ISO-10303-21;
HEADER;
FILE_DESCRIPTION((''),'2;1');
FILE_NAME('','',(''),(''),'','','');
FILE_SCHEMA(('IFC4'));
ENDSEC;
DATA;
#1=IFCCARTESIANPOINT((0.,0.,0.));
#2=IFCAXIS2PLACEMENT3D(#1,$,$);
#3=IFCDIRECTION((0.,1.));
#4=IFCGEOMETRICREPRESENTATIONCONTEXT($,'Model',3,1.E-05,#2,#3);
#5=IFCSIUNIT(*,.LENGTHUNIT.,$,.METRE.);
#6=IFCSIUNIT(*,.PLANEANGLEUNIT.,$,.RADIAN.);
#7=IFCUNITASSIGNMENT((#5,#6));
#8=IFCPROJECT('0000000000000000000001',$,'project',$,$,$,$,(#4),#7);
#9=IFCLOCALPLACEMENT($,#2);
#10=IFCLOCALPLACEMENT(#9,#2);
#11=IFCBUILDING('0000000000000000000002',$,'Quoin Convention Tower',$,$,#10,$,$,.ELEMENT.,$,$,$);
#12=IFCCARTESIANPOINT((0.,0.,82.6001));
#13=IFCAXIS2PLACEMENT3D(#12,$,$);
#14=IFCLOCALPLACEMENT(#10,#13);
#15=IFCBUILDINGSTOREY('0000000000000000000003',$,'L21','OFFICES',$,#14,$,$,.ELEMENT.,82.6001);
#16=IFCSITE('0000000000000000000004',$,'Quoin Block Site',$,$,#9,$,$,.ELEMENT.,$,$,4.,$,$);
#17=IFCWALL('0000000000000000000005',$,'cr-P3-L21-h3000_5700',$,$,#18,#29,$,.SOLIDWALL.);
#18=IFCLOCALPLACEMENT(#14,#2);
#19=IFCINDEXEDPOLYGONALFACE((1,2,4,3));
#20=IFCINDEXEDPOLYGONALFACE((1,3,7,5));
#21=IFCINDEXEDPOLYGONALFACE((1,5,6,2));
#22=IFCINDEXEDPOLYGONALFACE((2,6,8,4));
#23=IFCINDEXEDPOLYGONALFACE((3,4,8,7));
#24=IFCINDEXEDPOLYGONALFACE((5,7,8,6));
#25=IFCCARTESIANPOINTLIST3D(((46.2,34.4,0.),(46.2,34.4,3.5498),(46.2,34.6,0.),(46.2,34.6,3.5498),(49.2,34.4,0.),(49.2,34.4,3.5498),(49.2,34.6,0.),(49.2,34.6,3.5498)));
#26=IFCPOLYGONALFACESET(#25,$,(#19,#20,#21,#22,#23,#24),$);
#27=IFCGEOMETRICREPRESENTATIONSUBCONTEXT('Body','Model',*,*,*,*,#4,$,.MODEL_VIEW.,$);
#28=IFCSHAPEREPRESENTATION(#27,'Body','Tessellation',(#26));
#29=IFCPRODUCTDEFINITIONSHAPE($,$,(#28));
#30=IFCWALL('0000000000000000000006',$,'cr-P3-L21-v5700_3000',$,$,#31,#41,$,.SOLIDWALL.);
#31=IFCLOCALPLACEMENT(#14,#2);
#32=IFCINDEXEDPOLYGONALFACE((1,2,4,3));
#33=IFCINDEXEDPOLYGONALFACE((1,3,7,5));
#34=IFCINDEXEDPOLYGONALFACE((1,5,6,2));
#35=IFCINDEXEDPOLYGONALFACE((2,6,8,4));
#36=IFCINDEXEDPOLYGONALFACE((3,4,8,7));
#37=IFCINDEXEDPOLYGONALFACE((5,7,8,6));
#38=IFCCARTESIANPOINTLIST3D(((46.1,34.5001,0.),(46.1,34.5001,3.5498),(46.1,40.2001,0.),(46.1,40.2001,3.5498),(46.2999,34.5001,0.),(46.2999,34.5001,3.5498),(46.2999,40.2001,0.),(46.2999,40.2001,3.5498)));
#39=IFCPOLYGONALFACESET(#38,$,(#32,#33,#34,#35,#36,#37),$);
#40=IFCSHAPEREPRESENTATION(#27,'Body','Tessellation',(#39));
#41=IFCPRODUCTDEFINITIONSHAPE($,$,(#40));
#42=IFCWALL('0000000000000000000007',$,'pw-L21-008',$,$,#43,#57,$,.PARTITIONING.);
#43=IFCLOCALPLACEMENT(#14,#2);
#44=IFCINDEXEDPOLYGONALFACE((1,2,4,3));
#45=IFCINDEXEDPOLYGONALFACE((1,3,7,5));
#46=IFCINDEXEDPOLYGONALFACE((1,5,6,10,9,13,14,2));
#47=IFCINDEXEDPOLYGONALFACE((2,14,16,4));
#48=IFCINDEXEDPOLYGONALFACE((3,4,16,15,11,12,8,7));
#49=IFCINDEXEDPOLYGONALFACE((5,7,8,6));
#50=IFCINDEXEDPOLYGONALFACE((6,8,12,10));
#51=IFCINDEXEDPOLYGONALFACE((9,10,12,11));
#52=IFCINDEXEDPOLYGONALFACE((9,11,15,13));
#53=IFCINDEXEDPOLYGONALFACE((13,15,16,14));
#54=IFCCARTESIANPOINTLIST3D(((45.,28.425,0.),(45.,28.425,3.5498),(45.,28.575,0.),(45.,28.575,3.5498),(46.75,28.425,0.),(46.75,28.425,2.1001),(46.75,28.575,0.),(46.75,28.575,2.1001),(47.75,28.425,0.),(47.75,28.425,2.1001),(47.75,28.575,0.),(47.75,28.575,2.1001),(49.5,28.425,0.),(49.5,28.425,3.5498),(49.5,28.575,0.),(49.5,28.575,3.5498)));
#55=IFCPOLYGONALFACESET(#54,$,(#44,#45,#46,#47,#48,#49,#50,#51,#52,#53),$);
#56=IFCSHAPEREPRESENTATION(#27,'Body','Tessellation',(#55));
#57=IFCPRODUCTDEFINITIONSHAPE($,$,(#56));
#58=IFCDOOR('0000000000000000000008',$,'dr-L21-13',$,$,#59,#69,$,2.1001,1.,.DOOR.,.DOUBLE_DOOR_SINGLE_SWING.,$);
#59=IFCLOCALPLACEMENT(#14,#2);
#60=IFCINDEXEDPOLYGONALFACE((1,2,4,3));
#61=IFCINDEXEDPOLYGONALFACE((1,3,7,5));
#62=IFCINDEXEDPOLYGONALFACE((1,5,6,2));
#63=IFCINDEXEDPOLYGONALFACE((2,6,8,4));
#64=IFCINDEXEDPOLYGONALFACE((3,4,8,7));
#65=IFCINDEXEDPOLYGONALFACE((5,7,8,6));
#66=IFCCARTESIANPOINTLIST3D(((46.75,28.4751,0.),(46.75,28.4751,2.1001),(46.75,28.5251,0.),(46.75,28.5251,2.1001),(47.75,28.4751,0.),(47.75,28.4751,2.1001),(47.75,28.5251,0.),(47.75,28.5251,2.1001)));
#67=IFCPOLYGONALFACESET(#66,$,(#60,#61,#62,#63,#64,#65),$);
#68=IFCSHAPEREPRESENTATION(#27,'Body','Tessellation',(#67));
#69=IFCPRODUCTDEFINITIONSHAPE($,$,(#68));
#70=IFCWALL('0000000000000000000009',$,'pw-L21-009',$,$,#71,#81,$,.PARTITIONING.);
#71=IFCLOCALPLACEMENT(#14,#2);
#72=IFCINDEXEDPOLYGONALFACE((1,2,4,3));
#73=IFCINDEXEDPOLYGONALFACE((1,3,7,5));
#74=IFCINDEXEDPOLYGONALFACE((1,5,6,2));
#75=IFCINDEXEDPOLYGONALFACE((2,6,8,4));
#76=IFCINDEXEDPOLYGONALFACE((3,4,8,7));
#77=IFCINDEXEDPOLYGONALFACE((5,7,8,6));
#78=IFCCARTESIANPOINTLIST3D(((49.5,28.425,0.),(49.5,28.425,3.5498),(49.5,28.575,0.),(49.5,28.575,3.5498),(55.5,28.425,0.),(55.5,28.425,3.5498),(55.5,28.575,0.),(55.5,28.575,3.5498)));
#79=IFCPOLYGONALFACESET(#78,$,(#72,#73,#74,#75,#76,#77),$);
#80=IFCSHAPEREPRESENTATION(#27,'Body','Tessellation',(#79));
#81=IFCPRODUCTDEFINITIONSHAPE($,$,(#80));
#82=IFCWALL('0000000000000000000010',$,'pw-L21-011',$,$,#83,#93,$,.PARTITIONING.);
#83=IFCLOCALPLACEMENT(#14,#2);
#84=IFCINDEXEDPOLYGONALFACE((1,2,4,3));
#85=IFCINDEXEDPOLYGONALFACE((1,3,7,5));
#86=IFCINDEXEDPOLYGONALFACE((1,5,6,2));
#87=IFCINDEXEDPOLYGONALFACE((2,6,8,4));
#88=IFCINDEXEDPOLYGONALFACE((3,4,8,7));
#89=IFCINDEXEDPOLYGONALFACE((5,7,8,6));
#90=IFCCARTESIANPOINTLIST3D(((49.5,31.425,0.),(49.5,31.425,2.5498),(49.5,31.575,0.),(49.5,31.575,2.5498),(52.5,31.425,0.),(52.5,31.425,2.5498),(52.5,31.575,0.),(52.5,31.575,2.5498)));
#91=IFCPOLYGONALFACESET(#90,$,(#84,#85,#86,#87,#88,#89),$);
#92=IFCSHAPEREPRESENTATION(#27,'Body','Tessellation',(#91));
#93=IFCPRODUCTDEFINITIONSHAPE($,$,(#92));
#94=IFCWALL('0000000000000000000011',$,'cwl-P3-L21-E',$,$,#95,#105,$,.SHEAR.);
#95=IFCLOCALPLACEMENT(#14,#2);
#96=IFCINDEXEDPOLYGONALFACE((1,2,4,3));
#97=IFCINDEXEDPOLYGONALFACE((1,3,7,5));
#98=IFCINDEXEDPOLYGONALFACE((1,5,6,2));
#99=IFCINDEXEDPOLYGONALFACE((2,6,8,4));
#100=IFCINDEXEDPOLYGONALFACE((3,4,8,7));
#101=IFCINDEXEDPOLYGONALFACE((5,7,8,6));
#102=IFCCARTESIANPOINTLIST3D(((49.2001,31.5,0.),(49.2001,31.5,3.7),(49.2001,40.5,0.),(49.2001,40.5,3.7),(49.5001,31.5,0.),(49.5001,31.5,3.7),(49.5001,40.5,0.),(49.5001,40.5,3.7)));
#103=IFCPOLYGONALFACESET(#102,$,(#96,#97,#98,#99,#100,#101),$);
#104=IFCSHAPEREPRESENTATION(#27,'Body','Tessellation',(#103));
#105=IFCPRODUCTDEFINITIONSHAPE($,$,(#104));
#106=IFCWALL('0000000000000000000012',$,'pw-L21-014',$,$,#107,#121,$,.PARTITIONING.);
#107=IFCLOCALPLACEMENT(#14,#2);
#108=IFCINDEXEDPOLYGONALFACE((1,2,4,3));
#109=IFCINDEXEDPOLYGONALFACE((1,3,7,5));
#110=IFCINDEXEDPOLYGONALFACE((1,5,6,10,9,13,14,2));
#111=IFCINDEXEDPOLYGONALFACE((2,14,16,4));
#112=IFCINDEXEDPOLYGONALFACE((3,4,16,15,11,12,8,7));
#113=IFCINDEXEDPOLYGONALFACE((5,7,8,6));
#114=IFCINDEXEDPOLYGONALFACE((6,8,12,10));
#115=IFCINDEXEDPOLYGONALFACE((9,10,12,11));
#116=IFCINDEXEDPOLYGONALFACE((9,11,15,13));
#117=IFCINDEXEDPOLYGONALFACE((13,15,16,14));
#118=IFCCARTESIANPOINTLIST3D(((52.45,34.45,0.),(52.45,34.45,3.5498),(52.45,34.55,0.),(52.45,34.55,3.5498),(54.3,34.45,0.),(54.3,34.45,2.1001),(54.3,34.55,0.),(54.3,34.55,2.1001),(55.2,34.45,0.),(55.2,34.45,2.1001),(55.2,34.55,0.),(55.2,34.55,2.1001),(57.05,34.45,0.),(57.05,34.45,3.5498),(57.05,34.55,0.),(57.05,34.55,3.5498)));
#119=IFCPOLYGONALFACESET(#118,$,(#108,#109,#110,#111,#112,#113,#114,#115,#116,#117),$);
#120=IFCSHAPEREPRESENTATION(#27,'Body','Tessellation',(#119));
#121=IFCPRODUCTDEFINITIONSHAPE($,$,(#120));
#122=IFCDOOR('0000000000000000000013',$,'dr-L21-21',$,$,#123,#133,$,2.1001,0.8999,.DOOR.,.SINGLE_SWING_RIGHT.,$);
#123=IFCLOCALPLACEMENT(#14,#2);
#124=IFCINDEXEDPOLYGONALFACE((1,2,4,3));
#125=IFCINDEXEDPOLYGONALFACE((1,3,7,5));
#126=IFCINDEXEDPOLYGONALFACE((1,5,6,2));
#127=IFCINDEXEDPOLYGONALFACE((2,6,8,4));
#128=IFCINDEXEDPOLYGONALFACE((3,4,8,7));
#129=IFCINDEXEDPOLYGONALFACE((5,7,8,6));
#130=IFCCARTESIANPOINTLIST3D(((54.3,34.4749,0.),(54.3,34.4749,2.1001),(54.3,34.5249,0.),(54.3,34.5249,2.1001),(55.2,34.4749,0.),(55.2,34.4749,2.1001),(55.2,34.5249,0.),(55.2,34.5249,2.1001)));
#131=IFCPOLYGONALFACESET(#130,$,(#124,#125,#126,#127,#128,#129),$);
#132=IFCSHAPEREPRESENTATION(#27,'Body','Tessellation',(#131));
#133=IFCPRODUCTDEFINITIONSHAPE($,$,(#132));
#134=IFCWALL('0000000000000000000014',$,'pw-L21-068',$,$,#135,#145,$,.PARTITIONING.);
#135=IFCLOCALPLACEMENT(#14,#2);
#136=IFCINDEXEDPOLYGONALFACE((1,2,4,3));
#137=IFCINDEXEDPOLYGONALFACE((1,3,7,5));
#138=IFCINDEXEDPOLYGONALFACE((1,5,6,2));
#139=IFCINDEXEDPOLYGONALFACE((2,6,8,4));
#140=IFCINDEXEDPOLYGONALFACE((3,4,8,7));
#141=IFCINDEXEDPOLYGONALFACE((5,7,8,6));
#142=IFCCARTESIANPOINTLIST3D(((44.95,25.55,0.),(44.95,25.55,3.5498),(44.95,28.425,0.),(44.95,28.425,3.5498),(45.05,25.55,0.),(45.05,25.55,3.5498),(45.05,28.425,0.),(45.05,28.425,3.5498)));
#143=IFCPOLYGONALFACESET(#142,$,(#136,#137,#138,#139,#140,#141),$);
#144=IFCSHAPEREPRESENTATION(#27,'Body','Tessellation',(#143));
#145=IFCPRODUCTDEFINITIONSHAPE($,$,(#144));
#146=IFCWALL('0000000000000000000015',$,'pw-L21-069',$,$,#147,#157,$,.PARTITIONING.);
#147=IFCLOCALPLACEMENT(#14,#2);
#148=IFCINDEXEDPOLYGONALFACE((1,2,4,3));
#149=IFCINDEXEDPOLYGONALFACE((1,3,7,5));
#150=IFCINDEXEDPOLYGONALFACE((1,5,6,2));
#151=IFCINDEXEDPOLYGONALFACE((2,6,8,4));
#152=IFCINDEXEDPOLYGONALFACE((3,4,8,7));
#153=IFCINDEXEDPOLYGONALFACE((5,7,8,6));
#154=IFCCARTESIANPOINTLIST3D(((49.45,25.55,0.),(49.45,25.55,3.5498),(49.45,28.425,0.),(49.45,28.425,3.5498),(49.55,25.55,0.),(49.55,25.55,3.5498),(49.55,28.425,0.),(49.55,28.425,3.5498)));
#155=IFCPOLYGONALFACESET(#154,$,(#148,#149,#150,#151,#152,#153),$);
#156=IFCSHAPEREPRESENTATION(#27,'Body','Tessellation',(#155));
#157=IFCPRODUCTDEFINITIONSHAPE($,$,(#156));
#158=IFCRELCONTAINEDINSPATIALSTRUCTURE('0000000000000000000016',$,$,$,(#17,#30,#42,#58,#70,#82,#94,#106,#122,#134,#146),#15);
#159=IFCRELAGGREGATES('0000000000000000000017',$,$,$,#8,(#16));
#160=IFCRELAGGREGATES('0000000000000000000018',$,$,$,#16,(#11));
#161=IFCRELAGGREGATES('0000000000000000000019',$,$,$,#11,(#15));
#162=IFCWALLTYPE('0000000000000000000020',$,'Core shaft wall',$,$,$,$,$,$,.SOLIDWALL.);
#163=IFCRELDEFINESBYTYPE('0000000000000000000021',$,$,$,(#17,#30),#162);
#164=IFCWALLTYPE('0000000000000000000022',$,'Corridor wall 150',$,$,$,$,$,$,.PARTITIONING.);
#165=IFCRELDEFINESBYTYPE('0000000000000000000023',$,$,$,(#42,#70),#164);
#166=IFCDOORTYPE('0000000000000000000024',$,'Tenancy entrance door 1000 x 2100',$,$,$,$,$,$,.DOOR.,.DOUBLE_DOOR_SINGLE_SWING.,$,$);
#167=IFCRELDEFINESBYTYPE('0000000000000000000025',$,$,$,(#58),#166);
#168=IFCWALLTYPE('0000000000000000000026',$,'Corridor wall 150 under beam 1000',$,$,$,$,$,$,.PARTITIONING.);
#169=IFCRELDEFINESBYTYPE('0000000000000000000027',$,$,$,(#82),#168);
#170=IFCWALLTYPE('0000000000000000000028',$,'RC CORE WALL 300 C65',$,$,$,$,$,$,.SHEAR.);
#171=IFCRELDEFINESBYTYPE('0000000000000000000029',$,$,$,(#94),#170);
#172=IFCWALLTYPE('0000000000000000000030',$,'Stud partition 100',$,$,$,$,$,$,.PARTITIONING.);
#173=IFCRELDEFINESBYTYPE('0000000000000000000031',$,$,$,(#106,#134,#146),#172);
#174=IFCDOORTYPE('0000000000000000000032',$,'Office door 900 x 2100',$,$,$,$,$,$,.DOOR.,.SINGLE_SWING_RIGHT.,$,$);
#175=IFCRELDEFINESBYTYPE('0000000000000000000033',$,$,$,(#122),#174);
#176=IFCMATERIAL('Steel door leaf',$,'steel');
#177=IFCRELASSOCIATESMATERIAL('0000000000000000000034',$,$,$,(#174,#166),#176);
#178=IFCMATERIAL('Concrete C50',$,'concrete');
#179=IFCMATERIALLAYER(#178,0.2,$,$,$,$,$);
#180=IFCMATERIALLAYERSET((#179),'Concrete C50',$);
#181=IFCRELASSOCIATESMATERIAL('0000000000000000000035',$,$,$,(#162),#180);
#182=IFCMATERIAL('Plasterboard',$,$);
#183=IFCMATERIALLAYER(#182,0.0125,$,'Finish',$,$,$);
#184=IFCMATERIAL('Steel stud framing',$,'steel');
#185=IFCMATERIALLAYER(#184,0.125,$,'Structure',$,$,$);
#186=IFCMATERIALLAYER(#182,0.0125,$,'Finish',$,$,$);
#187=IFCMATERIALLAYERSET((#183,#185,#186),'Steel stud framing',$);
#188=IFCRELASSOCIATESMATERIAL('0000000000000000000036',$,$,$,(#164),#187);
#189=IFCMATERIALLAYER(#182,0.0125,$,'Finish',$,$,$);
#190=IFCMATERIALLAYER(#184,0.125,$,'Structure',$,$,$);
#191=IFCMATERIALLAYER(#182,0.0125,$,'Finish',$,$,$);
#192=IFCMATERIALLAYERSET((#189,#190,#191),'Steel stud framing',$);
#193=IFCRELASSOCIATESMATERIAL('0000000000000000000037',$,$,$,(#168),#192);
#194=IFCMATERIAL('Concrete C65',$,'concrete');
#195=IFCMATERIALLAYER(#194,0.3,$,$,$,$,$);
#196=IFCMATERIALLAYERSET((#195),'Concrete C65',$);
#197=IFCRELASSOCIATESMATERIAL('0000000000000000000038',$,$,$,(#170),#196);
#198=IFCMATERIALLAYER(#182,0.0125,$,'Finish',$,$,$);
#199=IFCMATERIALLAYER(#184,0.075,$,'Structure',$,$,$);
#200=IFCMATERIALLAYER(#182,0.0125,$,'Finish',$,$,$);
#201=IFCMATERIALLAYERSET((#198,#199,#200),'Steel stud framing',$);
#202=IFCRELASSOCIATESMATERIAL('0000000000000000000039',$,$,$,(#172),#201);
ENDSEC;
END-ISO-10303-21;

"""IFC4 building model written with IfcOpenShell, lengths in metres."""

from ifc_helpers import new_model, si_unit, direction, frame, frame_2d, origin, place, context, subcontext, project, spatial, rectangle, extrude, material, layer, layer_set, type_object, element, fill, save


model = new_model("IFC4")

# Units and contexts
model_context = context("Model", 3, precision=1e-05, world=origin(), true_north=direction((0.0, 1.0)))
body_context = subcontext(model_context, "Body", "Model", "MODEL_VIEW")
ifc_project = project(units=[si_unit("LENGTHUNIT", "METRE"), si_unit("PLANEANGLEUNIT", "RADIAN")], contexts=[model_context])

# Site, building, storey
site_placement = place(None, origin())
site = spatial("IfcSite", under=ifc_project, at=site_placement, Name="Quoin Block Site", CompositionType="ELEMENT", RefElevation=4.0)
building_placement = place(site_placement, origin())
building = spatial("IfcBuilding", under=site, at=building_placement, Name="Quoin Convention Tower", CompositionType="ELEMENT")
storey_placement = place(building_placement, frame((0.0, 0.0, 82.6001)))
storey = spatial("IfcBuildingStorey", under=building, at=storey_placement, Name="L21", Description="OFFICES", CompositionType="ELEMENT", Elevation=82.6001)

# Shared definitions
ifc_material_1 = material(Name="Concrete C65", Category="concrete")

# Shared definitions
ifc_material_2 = material(Name="Plasterboard")
ifc_material_3 = material(Name="Steel stud framing", Category="steel")

# Shared definitions
ifc_material_4 = material(Name="Steel door leaf", Category="steel")
door_type_1 = type_object("IfcDoorType", Name="Office door 900 x 2100", OperationType="SINGLE_SWING_RIGHT", PredefinedType="DOOR", material=ifc_material_4)

# Walls
ifc_material_5 = material(Name="Concrete C50", Category="concrete")
ifc_layer_1 = layer(ifc_material_5, 0.2)
ifc_layer_set_1 = layer_set([ifc_layer_1], Name="Concrete C50")
wall_type_1 = type_object("IfcWallType", Name="Core shaft wall", PredefinedType="SOLIDWALL", material=ifc_layer_set_1)
wall_1_placement = place(storey_placement, frame((46.2, 34.5, 0.0), z_axis=(0.0, 0.0, 1.0), x_axis=(1.0, 0.0, 0.0)))
element("IfcWall", 1, at=wall_1_placement, inside=storey, type_object=wall_type_1, Name="cr-P3-L21-h3000_5700", PredefinedType="SOLIDWALL", context=body_context, shape_type="SweptSolid", body=[
    extrude(rectangle(XDim=3.0, YDim=0.2, at=frame_2d((1.5, 0.0))), origin(), (0.0, 0.0, 1.0), 3.5498),
])
wall_2_placement = place(storey_placement, frame((46.2, 34.5, 0.0), z_axis=(0.0, 0.0, 1.0), x_axis=(0.0, 1.0, 0.0)))
element("IfcWall", 2, at=wall_2_placement, inside=storey, type_object=wall_type_1, Name="cr-P3-L21-v5700_3000", PredefinedType="SOLIDWALL", context=body_context, shape_type="SweptSolid", body=[
    extrude(rectangle(XDim=5.7, YDim=0.2, at=frame_2d((2.8501, 0.0))), origin(), (0.0, 0.0, 1.0), 3.5498),
])

# Wall, opening, door
ifc_layer_2 = layer(ifc_material_2, 0.0125, Name="Finish")
ifc_layer_3 = layer(ifc_material_3, 0.125, Name="Structure")
ifc_layer_4 = layer(ifc_material_2, 0.0125, Name="Finish")
ifc_layer_set_2 = layer_set([ifc_layer_2, ifc_layer_3, ifc_layer_4], Name="Steel stud framing")
wall_type_2 = type_object("IfcWallType", Name="Corridor wall 150", PredefinedType="PARTITIONING", material=ifc_layer_set_2)
wall_3_placement = place(storey_placement, frame((45.0, 28.5, 0.0), z_axis=(0.0, 0.0, 1.0), x_axis=(1.0, 0.0, 0.0)))
wall_3 = element("IfcWall", 3, at=wall_3_placement, inside=storey, type_object=wall_type_2, Name="pw-L21-008", PredefinedType="PARTITIONING", context=body_context, shape_type="SweptSolid", body=[
    extrude(rectangle(XDim=4.5, YDim=0.1499, at=frame_2d((2.25, 0.0))), origin(), (0.0, 0.0, 1.0), 3.5498),
])
opening_1_placement = place(wall_3_placement, frame((1.75, 0.0, 0.0)))
opening_1 = element("IfcOpeningElement", 4, at=opening_1_placement, cuts=wall_3, PredefinedType="OPENING", context=body_context, shape_type="SweptSolid", body=[
    extrude(rectangle(XDim=1.0, YDim=2.1001, at=frame_2d((0.5, 1.05))), frame((0.0, 0.085, 0.0), z_axis=(0.0, -1.0, 0.0), x_axis=(1.0, 0.0, 0.0)), (0.0, 0.0, 1.0), 0.1699),
])
door_type_2 = type_object("IfcDoorType", Name="Tenancy entrance door 1000 x 2100", OperationType="DOUBLE_DOOR_SINGLE_SWING", PredefinedType="DOOR", material=ifc_material_4)
door_1_placement = place(opening_1_placement, frame((1.0, 0.0, 0.0), z_axis=(0.0, 0.0, 1.0), x_axis=(-1.0, 0.0, 0.0)))
door_1 = element("IfcDoor", 5, at=door_1_placement, inside=storey, type_object=door_type_2, Name="dr-L21-13", OperationType="DOUBLE_DOOR_SINGLE_SWING", OverallHeight=2.1001, OverallWidth=1.0, PredefinedType="DOOR", context=body_context, shape_type="SweptSolid", body=[
    extrude(rectangle(XDim=1.0, YDim=2.1001, at=frame_2d((0.5, 1.05))), frame((0.0, 0.0249, 0.0), z_axis=(0.0, -1.0, 0.0), x_axis=(1.0, 0.0, 0.0)), (0.0, 0.0, 1.0), 0.05),
])
fill(opening_1, door_1)

# Walls
wall_4_placement = place(storey_placement, frame((49.5, 28.5, 0.0), z_axis=(0.0, 0.0, 1.0), x_axis=(1.0, 0.0, 0.0)))
element("IfcWall", 6, at=wall_4_placement, inside=storey, type_object=wall_type_2, Name="pw-L21-009", PredefinedType="PARTITIONING", context=body_context, shape_type="SweptSolid", body=[
    extrude(rectangle(XDim=6.0, YDim=0.1499, at=frame_2d((3.0, 0.0))), origin(), (0.0, 0.0, 1.0), 3.5498),
])
ifc_layer_5 = layer(ifc_material_2, 0.0125, Name="Finish")
ifc_layer_6 = layer(ifc_material_3, 0.125, Name="Structure")
ifc_layer_7 = layer(ifc_material_2, 0.0125, Name="Finish")
ifc_layer_set_3 = layer_set([ifc_layer_5, ifc_layer_6, ifc_layer_7], Name="Steel stud framing")
wall_type_3 = type_object("IfcWallType", Name="Corridor wall 150 under beam 1000", PredefinedType="PARTITIONING", material=ifc_layer_set_3)
wall_5_placement = place(storey_placement, frame((49.5, 31.5, 0.0), z_axis=(0.0, 0.0, 1.0), x_axis=(1.0, 0.0, 0.0)))
element("IfcWall", 7, at=wall_5_placement, inside=storey, type_object=wall_type_3, Name="pw-L21-011", PredefinedType="PARTITIONING", context=body_context, shape_type="SweptSolid", body=[
    extrude(rectangle(XDim=3.0, YDim=0.1499, at=frame_2d((1.5, 0.0))), origin(), (0.0, 0.0, 1.0), 2.5498),
])
ifc_layer_8 = layer(ifc_material_1, 0.3)
ifc_layer_set_4 = layer_set([ifc_layer_8], Name="Concrete C65")
wall_type_4 = type_object("IfcWallType", Name="RC CORE WALL 300 C65", PredefinedType="SHEAR", material=ifc_layer_set_4)
wall_6_placement = place(storey_placement, frame((49.3501, 31.5, 0.0), z_axis=(0.0, 0.0, 1.0), x_axis=(0.0, 1.0, 0.0)))
element("IfcWall", 8, at=wall_6_placement, inside=storey, type_object=wall_type_4, Name="cwl-P3-L21-E", PredefinedType="SHEAR", context=body_context, shape_type="SweptSolid", body=[
    extrude(rectangle(XDim=9.0, YDim=0.3, at=frame_2d((4.5, 0.0))), origin(), (0.0, 0.0, 1.0), 3.7),
])

# Wall, opening, door
ifc_layer_9 = layer(ifc_material_2, 0.0125, Name="Finish")
ifc_layer_10 = layer(ifc_material_3, 0.075, Name="Structure")
ifc_layer_11 = layer(ifc_material_2, 0.0125, Name="Finish")
ifc_layer_set_5 = layer_set([ifc_layer_9, ifc_layer_10, ifc_layer_11], Name="Steel stud framing")
wall_type_5 = type_object("IfcWallType", Name="Stud partition 100", PredefinedType="PARTITIONING", material=ifc_layer_set_5)
wall_7_placement = place(storey_placement, frame((52.45, 34.5, 0.0), z_axis=(0.0, 0.0, 1.0), x_axis=(1.0, 0.0, 0.0)))
wall_7 = element("IfcWall", 9, at=wall_7_placement, inside=storey, type_object=wall_type_5, Name="pw-L21-014", PredefinedType="PARTITIONING", context=body_context, shape_type="SweptSolid", body=[
    extrude(rectangle(XDim=4.6001, YDim=0.1001, at=frame_2d((2.3, 0.0))), origin(), (0.0, 0.0, 1.0), 3.5498),
])
opening_2_placement = place(wall_7_placement, frame((1.8501, 0.0, 0.0)))
opening_2 = element("IfcOpeningElement", 10, at=opening_2_placement, cuts=wall_7, PredefinedType="OPENING", context=body_context, shape_type="SweptSolid", body=[
    extrude(rectangle(XDim=0.8999, YDim=2.1001, at=frame_2d((0.45, 1.05))), frame((0.0, 0.0601, 0.0), z_axis=(0.0, -1.0, 0.0), x_axis=(1.0, 0.0, 0.0)), (0.0, 0.0, 1.0), 0.1201),
])
door_2_placement = place(opening_2_placement, origin())
door_2 = element("IfcDoor", 11, at=door_2_placement, inside=storey, type_object=door_type_1, Name="dr-L21-21", OperationType="SINGLE_SWING_RIGHT", OverallHeight=2.1001, OverallWidth=0.8999, PredefinedType="DOOR", context=body_context, shape_type="SweptSolid", body=[
    extrude(rectangle(XDim=0.8999, YDim=2.1001, at=frame_2d((0.45, 1.05))), frame((0.0, 0.0249, 0.0), z_axis=(0.0, -1.0, 0.0), x_axis=(1.0, 0.0, 0.0)), (0.0, 0.0, 1.0), 0.05),
])
fill(opening_2, door_2)

# Walls
for number, where, z_axis, x_axis, name in (
    (12, (45.0, 25.55, 0.0), (0.0, 0.0, 1.0), (0.0, 1.0, 0.0), "pw-L21-068"),
    (13, (49.5, 25.55, 0.0), (0.0, 0.0, 1.0), (0.0, 1.0, 0.0), "pw-L21-069"),
):
    element("IfcWall", number, at=place(storey_placement, frame(where, z_axis=z_axis, x_axis=x_axis)), inside=storey, type_object=wall_type_5, Name=name, PredefinedType="PARTITIONING", context=body_context, shape_type="SweptSolid", body=[
        extrude(rectangle(XDim=2.875, YDim=0.1001, at=frame_2d((1.4375, 0.0))), origin(), (0.0, 0.0, 1.0), 3.5498),
    ])

save(model, "model.ifc")
